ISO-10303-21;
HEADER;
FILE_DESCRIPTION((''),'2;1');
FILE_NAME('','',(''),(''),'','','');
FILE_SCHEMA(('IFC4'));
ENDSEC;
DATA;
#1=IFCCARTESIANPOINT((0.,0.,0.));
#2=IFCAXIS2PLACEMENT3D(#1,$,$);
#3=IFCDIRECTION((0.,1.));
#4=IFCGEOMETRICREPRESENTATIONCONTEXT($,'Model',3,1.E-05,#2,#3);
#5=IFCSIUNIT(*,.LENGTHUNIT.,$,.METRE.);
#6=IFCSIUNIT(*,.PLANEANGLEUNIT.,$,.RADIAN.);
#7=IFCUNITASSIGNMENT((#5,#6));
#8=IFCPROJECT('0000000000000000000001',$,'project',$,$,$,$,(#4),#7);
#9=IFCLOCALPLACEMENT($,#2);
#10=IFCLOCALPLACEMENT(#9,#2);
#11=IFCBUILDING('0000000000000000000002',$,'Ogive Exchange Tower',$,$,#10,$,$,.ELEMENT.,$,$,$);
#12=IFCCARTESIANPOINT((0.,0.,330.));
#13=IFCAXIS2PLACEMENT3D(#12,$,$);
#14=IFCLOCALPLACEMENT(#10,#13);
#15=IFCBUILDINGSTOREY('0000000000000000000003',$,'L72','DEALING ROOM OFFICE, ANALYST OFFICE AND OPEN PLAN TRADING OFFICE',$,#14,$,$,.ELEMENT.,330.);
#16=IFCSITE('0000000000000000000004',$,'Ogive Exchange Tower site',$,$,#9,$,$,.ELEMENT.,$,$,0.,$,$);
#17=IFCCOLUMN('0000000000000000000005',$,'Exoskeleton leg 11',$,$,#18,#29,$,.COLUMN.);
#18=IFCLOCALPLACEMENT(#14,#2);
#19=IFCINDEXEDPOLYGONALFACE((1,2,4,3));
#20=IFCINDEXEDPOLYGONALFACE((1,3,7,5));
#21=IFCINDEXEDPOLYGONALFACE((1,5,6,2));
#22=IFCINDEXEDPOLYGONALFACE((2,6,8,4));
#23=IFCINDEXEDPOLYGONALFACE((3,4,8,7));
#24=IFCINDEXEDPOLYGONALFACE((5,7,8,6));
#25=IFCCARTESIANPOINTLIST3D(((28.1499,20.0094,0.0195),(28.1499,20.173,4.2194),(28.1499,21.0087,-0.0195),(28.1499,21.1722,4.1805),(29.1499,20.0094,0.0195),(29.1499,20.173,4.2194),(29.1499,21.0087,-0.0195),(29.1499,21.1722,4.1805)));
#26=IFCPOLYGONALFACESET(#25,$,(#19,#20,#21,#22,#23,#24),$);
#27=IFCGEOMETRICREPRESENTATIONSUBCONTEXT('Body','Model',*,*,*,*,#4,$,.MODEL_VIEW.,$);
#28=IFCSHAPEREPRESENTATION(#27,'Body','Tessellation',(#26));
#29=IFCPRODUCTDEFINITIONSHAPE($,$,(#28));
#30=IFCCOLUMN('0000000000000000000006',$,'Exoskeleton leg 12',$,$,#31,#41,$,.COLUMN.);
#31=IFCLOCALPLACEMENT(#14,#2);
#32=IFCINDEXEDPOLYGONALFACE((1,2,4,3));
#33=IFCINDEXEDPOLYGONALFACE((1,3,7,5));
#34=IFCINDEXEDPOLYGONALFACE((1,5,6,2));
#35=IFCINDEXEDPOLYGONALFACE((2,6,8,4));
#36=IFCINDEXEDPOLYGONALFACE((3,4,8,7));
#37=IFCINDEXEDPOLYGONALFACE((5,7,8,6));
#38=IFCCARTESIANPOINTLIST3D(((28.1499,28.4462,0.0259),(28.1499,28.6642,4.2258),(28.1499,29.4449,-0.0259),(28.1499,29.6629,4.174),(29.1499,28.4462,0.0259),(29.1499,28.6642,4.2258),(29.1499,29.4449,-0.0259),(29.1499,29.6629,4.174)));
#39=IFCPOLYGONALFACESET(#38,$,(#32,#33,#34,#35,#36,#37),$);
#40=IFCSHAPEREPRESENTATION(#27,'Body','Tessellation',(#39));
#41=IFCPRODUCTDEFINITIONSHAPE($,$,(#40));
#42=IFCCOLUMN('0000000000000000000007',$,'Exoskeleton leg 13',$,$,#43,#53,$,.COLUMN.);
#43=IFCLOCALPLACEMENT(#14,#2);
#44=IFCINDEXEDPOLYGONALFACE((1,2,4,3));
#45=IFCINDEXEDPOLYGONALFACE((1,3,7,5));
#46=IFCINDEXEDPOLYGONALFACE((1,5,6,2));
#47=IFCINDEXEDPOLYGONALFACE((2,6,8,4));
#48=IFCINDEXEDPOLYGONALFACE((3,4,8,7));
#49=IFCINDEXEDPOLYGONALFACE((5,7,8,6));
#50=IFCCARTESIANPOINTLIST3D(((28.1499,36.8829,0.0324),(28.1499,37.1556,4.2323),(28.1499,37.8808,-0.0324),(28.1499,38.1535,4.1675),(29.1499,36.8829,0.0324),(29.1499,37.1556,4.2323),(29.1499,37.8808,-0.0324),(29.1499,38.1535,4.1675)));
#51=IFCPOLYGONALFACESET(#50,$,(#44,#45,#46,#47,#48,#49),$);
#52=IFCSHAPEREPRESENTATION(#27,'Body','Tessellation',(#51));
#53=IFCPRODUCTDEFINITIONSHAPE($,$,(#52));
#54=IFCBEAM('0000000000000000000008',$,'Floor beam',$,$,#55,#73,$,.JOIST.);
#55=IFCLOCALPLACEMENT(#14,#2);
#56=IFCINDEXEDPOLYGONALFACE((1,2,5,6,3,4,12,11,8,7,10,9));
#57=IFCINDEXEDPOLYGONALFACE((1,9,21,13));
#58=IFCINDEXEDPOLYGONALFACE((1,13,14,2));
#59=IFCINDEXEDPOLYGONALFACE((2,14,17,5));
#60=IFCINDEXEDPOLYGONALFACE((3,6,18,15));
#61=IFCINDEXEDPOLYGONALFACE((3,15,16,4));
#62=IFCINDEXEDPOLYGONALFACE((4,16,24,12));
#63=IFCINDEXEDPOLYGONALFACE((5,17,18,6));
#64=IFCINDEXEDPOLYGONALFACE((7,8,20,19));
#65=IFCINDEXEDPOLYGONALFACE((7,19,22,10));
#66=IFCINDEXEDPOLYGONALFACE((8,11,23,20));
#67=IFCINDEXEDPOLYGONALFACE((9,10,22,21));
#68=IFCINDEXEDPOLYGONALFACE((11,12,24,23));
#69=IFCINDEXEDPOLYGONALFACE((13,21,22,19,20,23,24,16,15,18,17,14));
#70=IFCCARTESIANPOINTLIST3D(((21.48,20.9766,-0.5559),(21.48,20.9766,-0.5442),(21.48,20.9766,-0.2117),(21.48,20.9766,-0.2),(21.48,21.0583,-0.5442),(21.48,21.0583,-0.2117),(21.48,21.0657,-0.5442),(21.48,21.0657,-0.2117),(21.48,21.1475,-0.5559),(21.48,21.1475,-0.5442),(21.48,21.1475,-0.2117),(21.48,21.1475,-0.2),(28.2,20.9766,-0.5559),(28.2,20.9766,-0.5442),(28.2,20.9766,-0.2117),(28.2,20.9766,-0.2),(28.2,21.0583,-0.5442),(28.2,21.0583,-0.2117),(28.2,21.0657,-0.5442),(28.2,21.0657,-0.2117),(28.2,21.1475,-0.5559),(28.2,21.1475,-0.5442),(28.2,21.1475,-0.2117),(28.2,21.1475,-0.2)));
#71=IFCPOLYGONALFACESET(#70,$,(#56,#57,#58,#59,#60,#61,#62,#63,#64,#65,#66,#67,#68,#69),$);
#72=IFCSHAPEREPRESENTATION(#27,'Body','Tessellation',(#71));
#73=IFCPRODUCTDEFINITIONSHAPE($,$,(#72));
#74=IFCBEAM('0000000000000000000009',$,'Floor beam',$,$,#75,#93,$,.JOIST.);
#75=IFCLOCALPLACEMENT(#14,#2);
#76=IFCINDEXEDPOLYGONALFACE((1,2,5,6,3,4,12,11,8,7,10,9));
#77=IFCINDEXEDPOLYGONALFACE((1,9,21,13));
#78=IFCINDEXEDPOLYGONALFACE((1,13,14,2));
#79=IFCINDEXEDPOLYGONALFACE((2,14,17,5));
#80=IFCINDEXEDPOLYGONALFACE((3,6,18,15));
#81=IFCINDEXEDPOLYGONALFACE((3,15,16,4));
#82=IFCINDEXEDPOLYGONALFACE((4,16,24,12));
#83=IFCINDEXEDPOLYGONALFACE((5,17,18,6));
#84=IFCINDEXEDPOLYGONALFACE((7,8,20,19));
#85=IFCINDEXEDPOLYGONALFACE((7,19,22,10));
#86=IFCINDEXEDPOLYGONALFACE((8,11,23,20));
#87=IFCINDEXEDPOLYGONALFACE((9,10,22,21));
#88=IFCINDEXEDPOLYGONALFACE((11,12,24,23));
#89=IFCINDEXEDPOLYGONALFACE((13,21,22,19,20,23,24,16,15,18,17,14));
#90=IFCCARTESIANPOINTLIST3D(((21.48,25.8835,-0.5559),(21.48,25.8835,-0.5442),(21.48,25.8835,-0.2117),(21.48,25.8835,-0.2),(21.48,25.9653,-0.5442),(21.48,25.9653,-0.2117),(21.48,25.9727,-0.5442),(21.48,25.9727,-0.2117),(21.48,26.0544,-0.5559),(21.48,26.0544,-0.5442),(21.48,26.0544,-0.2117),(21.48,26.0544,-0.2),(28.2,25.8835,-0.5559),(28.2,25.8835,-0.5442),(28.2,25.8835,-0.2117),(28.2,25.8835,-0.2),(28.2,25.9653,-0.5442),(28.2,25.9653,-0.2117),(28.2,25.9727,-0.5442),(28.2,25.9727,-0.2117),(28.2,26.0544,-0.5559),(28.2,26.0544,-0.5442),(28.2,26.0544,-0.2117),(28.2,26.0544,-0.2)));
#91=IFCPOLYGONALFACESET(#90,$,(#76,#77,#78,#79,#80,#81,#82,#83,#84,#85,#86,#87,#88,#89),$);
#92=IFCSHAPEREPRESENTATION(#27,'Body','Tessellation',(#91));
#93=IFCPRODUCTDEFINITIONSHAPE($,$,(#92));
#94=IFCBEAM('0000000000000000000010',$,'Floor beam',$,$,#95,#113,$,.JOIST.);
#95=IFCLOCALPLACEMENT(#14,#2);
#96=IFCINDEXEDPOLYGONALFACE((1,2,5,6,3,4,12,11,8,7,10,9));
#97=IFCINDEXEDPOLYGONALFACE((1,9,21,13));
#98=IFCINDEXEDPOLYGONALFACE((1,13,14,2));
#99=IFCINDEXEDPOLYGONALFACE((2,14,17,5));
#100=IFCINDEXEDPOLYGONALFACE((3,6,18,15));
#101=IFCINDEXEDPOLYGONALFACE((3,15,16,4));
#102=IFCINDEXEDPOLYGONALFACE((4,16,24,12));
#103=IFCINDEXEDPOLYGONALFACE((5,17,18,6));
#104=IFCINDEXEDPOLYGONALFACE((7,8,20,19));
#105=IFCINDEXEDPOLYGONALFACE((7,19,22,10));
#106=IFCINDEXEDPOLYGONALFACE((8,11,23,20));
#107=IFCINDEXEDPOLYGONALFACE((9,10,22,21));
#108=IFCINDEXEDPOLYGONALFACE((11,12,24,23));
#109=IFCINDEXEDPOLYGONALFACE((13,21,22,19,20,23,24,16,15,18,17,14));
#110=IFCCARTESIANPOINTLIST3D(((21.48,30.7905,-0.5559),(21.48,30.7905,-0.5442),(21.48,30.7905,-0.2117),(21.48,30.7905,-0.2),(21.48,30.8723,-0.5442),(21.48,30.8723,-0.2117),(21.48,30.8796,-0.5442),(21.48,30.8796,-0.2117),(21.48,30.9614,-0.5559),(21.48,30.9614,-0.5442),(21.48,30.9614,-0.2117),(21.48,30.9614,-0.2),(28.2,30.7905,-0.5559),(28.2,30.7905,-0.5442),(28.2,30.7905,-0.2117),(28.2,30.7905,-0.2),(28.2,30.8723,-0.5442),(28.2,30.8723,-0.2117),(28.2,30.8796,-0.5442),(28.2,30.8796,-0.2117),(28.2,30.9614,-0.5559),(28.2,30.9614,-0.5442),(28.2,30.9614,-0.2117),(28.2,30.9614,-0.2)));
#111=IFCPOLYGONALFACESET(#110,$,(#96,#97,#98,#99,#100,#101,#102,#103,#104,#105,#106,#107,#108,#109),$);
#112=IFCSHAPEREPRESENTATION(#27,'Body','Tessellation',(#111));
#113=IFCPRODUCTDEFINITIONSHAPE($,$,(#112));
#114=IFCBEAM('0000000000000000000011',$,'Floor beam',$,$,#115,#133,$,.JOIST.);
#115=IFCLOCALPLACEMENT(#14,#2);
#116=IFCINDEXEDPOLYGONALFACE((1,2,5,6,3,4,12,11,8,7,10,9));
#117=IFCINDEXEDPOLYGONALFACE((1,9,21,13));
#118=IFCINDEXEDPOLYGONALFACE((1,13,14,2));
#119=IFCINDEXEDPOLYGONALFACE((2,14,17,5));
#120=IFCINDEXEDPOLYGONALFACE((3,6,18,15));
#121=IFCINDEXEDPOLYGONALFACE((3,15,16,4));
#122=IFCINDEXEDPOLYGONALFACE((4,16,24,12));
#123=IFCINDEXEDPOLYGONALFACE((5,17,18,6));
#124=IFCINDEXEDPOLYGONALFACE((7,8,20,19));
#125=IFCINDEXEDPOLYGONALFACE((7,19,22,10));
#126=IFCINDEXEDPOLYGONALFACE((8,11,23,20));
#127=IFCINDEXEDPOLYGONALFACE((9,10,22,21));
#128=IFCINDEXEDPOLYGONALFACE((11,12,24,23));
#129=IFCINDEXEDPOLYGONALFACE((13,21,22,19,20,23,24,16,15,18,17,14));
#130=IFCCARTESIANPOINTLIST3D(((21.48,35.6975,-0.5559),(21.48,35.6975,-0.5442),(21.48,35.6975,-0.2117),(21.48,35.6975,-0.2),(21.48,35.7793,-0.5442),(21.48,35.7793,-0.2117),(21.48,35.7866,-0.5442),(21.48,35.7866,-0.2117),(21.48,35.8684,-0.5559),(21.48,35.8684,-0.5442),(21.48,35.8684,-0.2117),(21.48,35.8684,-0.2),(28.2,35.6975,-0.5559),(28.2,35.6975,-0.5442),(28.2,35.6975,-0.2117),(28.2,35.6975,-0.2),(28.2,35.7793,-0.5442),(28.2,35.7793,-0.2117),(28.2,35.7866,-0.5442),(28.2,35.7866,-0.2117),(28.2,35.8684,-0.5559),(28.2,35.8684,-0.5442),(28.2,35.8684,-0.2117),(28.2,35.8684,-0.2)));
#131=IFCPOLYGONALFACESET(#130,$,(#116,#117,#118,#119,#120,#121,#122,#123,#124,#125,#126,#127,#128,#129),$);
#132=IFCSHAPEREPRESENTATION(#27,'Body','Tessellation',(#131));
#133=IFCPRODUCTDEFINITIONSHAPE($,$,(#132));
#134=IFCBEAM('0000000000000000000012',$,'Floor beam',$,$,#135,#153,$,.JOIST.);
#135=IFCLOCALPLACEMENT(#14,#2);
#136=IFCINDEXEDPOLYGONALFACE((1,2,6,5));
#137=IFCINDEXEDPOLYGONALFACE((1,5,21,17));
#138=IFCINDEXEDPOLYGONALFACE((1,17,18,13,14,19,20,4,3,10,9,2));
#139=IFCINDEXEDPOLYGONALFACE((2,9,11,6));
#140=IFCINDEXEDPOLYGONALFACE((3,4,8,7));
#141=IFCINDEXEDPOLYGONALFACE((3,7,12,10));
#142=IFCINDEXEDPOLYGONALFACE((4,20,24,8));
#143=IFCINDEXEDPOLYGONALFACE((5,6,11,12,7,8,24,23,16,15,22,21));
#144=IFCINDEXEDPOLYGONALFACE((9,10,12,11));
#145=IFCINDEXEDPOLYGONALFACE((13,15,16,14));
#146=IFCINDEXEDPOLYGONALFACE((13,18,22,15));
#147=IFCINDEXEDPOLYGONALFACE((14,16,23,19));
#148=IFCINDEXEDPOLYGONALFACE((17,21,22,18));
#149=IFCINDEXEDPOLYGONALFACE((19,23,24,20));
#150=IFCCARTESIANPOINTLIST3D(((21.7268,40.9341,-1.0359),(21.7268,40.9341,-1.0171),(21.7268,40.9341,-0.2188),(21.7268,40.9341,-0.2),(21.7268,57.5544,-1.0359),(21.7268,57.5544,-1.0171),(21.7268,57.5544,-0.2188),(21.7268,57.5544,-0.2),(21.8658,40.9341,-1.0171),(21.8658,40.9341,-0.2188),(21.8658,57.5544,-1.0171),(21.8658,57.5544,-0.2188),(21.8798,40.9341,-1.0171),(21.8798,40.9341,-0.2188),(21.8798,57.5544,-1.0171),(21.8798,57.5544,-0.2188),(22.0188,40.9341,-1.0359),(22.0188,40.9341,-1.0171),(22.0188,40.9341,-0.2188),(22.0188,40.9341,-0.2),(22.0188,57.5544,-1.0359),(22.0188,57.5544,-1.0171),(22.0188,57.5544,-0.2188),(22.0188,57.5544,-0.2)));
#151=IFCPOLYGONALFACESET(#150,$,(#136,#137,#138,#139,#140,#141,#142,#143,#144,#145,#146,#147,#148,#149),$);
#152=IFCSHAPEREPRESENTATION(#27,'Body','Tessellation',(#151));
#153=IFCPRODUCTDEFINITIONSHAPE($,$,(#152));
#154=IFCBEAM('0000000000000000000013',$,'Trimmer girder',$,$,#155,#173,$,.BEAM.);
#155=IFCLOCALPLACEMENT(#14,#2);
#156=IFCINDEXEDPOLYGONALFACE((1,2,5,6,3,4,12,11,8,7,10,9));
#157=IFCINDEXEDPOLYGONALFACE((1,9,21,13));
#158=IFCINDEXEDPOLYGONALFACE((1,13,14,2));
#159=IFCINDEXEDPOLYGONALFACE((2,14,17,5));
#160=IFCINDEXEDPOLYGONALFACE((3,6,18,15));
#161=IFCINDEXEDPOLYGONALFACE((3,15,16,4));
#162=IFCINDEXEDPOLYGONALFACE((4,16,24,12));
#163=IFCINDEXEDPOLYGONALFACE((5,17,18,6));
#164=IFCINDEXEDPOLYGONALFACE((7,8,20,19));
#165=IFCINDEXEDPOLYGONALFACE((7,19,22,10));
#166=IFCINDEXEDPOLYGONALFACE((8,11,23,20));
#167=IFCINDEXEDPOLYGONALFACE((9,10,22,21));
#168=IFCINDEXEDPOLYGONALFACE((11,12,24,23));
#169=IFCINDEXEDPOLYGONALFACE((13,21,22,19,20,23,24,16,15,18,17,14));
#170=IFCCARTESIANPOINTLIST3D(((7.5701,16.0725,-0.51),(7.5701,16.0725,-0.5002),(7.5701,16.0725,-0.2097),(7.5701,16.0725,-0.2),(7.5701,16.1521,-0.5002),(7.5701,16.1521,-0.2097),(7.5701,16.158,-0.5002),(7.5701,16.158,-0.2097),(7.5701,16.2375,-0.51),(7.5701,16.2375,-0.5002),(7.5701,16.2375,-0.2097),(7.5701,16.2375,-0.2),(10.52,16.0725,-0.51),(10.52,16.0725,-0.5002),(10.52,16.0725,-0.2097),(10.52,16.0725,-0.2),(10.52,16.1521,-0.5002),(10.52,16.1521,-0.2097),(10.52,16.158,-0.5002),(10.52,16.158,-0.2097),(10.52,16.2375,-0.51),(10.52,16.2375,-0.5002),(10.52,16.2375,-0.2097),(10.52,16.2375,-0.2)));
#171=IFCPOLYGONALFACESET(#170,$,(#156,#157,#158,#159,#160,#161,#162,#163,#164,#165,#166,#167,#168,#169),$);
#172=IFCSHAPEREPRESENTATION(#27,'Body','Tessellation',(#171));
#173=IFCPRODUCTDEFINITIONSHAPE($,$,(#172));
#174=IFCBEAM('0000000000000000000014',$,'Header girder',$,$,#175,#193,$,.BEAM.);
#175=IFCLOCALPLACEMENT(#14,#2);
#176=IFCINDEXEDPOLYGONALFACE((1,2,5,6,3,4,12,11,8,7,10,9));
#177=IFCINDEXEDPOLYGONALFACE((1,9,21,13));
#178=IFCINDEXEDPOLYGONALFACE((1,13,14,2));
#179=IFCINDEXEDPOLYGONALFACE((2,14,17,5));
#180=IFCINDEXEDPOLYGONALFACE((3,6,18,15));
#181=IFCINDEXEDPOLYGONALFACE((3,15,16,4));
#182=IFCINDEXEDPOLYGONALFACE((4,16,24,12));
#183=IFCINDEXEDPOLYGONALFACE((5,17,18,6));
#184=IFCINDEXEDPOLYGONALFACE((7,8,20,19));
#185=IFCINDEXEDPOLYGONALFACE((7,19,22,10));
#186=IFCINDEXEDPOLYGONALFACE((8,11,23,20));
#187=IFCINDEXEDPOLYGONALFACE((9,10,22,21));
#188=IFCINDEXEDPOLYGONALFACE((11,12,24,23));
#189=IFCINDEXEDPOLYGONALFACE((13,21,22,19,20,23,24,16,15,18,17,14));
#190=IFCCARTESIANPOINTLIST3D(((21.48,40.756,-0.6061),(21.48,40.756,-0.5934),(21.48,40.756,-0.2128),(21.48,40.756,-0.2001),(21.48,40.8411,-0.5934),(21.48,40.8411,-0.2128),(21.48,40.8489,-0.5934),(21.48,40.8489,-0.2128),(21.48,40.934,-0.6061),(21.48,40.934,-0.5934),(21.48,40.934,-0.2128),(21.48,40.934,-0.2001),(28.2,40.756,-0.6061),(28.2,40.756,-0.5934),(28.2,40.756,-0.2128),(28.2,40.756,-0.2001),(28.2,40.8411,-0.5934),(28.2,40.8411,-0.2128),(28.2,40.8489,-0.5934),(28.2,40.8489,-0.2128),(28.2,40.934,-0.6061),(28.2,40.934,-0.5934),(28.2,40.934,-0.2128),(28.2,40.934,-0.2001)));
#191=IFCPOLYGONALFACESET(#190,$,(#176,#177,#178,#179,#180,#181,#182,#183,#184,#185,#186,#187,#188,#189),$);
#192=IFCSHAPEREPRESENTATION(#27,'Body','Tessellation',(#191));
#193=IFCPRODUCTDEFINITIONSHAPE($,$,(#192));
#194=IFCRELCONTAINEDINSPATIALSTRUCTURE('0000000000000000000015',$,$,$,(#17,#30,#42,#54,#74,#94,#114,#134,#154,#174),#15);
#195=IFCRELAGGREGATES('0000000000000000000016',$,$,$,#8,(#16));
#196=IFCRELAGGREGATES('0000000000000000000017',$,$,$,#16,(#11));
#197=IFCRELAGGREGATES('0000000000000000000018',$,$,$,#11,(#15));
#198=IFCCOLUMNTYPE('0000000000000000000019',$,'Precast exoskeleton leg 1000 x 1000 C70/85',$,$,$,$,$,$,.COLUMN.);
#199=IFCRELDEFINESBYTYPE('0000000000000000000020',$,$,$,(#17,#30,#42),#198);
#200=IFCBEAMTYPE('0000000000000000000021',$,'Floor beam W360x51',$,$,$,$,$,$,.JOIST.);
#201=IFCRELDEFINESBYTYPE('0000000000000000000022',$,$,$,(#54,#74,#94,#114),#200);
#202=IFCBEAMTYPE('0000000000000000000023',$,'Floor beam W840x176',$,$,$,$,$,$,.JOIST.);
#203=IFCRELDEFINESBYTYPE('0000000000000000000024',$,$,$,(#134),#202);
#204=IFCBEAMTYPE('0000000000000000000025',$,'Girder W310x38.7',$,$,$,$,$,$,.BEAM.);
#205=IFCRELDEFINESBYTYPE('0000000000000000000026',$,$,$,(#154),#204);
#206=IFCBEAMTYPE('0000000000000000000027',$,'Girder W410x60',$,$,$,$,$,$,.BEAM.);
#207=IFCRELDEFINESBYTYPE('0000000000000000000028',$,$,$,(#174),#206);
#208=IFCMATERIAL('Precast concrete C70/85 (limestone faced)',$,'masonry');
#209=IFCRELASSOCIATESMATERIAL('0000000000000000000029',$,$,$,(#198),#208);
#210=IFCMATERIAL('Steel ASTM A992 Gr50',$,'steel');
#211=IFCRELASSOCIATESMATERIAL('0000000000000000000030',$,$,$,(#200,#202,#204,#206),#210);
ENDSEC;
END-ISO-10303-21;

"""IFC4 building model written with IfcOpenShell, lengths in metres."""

from ifc_helpers import new_model, si_unit, direction, frame, origin, origin_2d, place, context, subcontext, project, spatial, rectangle, i_section, extrude, material, material_profile, profile_set, type_object, element, save


model = new_model("IFC4")

# Units and contexts
model_context = context("Model", 3, precision=1e-05, world=origin(), true_north=direction((0.0, 1.0)))
body_context = subcontext(model_context, "Body", "Model", "MODEL_VIEW")
ifc_project = project(units=[si_unit("LENGTHUNIT", "METRE"), si_unit("PLANEANGLEUNIT", "RADIAN")], contexts=[model_context])

# Site, building, storey
site_placement = place(None, origin())
site = spatial("IfcSite", under=ifc_project, at=site_placement, Name="Ogive Exchange Tower site", CompositionType="ELEMENT", RefElevation=0.0)
building_placement = place(site_placement, origin())
building = spatial("IfcBuilding", under=site, at=building_placement, Name="Ogive Exchange Tower", CompositionType="ELEMENT")
storey_placement = place(building_placement, frame((0.0, 0.0, 330.0)))
storey = spatial("IfcBuildingStorey", under=building, at=storey_placement, Name="L72", Description="DEALING ROOM OFFICE, ANALYST OFFICE AND OPEN PLAN TRADING OFFICE", CompositionType="ELEMENT", Elevation=330.0)

# Columns
ifc_material_1 = material(Name="Precast concrete C70/85 (limestone faced)", Category="masonry")
ifc_material_profile_1 = material_profile(ifc_material_1, rectangle(XDim=1.0, YDim=1.0, at=origin_2d()), Name="1000 x 1000")
ifc_profile_set_1 = profile_set([ifc_material_profile_1], Name="Precast concrete C70/85 (limestone faced)")
column_type = type_object("IfcColumnType", Name="Precast exoskeleton leg 1000 x 1000 C70/85", PredefinedType="COLUMN", material=ifc_profile_set_1)
column_1_placement = place(storey_placement, frame((28.6499, 20.509, 0.0), z_axis=(0.0, 0.038917, 0.999242), x_axis=(-1.0, 0.0, 0.0)))
element("IfcColumn", 1, at=column_1_placement, inside=storey, type_object=column_type, Name="Exoskeleton leg 11", PredefinedType="COLUMN", context=body_context, shape_type="SweptSolid", body=[
    extrude(rectangle(XDim=1.0, YDim=1.0, at=origin_2d()), origin(), (0.0, 0.0, 1.0), 4.2031),
])
column_2_placement = place(storey_placement, frame((28.6499, 28.9456, 0.0), z_axis=(0.0, 0.05184, 0.998655), x_axis=(-1.0, 0.0, 0.0)))
element("IfcColumn", 2, at=column_2_placement, inside=storey, type_object=column_type, Name="Exoskeleton leg 12", PredefinedType="COLUMN", context=body_context, shape_type="SweptSolid", body=[
    extrude(rectangle(XDim=1.0, YDim=1.0, at=origin_2d()), origin(), (0.0, 0.0, 1.0), 4.2056),
])
column_3_placement = place(storey_placement, frame((28.6499, 37.3818, 0.0), z_axis=(0.0, 0.064794, 0.997899), x_axis=(-1.0, 0.0, 0.0)))
element("IfcColumn", 3, at=column_3_placement, inside=storey, type_object=column_type, Name="Exoskeleton leg 13", PredefinedType="COLUMN", context=body_context, shape_type="SweptSolid", body=[
    extrude(rectangle(XDim=1.0, YDim=1.0, at=origin_2d()), origin(), (0.0, 0.0, 1.0), 4.2087),
])

# Beams
ifc_material_2 = material(Name="Steel ASTM A992 Gr50", Category="steel")
ifc_material_profile_2 = material_profile(ifc_material_2, i_section(OverallWidth=0.1709, OverallDepth=0.356, WebThickness=0.0073, FlangeThickness=0.0117, at=origin_2d()), Name="W360x51")
ifc_profile_set_2 = profile_set([ifc_material_profile_2], Name="Steel ASTM A992 Gr50")
beam_type_1 = type_object("IfcBeamType", Name="Floor beam W360x51", PredefinedType="JOIST", material=ifc_profile_set_2)
for number, where, z_axis, x_axis, name in (
    (4, (21.48, 21.062, -0.3779), (1.0, 0.0, 0.0), (0.0, 1.0, 0.0), "Floor beam"),
    (5, (21.48, 25.969, -0.3779), (1.0, 0.0, 0.0), (0.0, 1.0, 0.0), "Floor beam"),
    (6, (21.48, 30.876, -0.3779), (1.0, 0.0, 0.0), (0.0, 1.0, 0.0), "Floor beam"),
    (7, (21.48, 35.783, -0.3779), (1.0, 0.0, 0.0), (0.0, 1.0, 0.0), "Floor beam"),
):
    element("IfcBeam", number, at=place(storey_placement, frame(where, z_axis=z_axis, x_axis=x_axis)), inside=storey, type_object=beam_type_1, Name=name, PredefinedType="JOIST", context=body_context, shape_type="SweptSolid", body=[
        extrude(i_section(OverallWidth=0.1709, OverallDepth=0.356, WebThickness=0.0073, FlangeThickness=0.0117, at=origin_2d()), origin(), (0.0, 0.0, 1.0), 6.72),
    ])
ifc_material_profile_3 = material_profile(ifc_material_2, i_section(OverallWidth=0.292, OverallDepth=0.8359, WebThickness=0.0139, FlangeThickness=0.0188, at=origin_2d()), Name="W840x176")
ifc_profile_set_3 = profile_set([ifc_material_profile_3], Name="Steel ASTM A992 Gr50")
beam_type_2 = type_object("IfcBeamType", Name="Floor beam W840x176", PredefinedType="JOIST", material=ifc_profile_set_3)
beam_1_placement = place(storey_placement, frame((21.8728, 40.9341, -0.6179), z_axis=(0.0, 1.0, 0.0), x_axis=(-1.0, 0.0, 0.0)))
element("IfcBeam", 8, at=beam_1_placement, inside=storey, type_object=beam_type_2, Name="Floor beam", PredefinedType="JOIST", context=body_context, shape_type="SweptSolid", body=[
    extrude(i_section(OverallWidth=0.292, OverallDepth=0.8359, WebThickness=0.0139, FlangeThickness=0.0188, at=origin_2d()), origin(), (0.0, 0.0, 1.0), 16.6204),
])
ifc_material_profile_4 = material_profile(ifc_material_2, i_section(OverallWidth=0.165, OverallDepth=0.3101, WebThickness=0.0059, FlangeThickness=0.0098, at=origin_2d()), Name="W310x38.7")
ifc_profile_set_4 = profile_set([ifc_material_profile_4], Name="Steel ASTM A992 Gr50")
beam_type_3 = type_object("IfcBeamType", Name="Girder W310x38.7", PredefinedType="BEAM", material=ifc_profile_set_4)
beam_2_placement = place(storey_placement, frame((7.5701, 16.155, -0.355), z_axis=(1.0, 0.0, 0.0), x_axis=(0.0, 1.0, 0.0)))
element("IfcBeam", 9, at=beam_2_placement, inside=storey, type_object=beam_type_3, Name="Trimmer girder", PredefinedType="BEAM", context=body_context, shape_type="SweptSolid", body=[
    extrude(i_section(OverallWidth=0.165, OverallDepth=0.3101, WebThickness=0.0059, FlangeThickness=0.0098, at=origin_2d()), origin(), (0.0, 0.0, 1.0), 2.95),
])
ifc_material_profile_5 = material_profile(ifc_material_2, i_section(OverallWidth=0.178, OverallDepth=0.406, WebThickness=0.0078, FlangeThickness=0.0127, at=origin_2d()), Name="W410x60")
ifc_profile_set_5 = profile_set([ifc_material_profile_5], Name="Steel ASTM A992 Gr50")
beam_type_4 = type_object("IfcBeamType", Name="Girder W410x60", PredefinedType="BEAM", material=ifc_profile_set_5)
beam_3_placement = place(storey_placement, frame((21.48, 40.845, -0.4031), z_axis=(1.0, 0.0, 0.0), x_axis=(0.0, 1.0, 0.0)))
element("IfcBeam", 10, at=beam_3_placement, inside=storey, type_object=beam_type_4, Name="Header girder", PredefinedType="BEAM", context=body_context, shape_type="SweptSolid", body=[
    extrude(i_section(OverallWidth=0.178, OverallDepth=0.406, WebThickness=0.0078, FlangeThickness=0.0127, at=origin_2d()), origin(), (0.0, 0.0, 1.0), 6.72),
])

save(model, "model.ifc")
